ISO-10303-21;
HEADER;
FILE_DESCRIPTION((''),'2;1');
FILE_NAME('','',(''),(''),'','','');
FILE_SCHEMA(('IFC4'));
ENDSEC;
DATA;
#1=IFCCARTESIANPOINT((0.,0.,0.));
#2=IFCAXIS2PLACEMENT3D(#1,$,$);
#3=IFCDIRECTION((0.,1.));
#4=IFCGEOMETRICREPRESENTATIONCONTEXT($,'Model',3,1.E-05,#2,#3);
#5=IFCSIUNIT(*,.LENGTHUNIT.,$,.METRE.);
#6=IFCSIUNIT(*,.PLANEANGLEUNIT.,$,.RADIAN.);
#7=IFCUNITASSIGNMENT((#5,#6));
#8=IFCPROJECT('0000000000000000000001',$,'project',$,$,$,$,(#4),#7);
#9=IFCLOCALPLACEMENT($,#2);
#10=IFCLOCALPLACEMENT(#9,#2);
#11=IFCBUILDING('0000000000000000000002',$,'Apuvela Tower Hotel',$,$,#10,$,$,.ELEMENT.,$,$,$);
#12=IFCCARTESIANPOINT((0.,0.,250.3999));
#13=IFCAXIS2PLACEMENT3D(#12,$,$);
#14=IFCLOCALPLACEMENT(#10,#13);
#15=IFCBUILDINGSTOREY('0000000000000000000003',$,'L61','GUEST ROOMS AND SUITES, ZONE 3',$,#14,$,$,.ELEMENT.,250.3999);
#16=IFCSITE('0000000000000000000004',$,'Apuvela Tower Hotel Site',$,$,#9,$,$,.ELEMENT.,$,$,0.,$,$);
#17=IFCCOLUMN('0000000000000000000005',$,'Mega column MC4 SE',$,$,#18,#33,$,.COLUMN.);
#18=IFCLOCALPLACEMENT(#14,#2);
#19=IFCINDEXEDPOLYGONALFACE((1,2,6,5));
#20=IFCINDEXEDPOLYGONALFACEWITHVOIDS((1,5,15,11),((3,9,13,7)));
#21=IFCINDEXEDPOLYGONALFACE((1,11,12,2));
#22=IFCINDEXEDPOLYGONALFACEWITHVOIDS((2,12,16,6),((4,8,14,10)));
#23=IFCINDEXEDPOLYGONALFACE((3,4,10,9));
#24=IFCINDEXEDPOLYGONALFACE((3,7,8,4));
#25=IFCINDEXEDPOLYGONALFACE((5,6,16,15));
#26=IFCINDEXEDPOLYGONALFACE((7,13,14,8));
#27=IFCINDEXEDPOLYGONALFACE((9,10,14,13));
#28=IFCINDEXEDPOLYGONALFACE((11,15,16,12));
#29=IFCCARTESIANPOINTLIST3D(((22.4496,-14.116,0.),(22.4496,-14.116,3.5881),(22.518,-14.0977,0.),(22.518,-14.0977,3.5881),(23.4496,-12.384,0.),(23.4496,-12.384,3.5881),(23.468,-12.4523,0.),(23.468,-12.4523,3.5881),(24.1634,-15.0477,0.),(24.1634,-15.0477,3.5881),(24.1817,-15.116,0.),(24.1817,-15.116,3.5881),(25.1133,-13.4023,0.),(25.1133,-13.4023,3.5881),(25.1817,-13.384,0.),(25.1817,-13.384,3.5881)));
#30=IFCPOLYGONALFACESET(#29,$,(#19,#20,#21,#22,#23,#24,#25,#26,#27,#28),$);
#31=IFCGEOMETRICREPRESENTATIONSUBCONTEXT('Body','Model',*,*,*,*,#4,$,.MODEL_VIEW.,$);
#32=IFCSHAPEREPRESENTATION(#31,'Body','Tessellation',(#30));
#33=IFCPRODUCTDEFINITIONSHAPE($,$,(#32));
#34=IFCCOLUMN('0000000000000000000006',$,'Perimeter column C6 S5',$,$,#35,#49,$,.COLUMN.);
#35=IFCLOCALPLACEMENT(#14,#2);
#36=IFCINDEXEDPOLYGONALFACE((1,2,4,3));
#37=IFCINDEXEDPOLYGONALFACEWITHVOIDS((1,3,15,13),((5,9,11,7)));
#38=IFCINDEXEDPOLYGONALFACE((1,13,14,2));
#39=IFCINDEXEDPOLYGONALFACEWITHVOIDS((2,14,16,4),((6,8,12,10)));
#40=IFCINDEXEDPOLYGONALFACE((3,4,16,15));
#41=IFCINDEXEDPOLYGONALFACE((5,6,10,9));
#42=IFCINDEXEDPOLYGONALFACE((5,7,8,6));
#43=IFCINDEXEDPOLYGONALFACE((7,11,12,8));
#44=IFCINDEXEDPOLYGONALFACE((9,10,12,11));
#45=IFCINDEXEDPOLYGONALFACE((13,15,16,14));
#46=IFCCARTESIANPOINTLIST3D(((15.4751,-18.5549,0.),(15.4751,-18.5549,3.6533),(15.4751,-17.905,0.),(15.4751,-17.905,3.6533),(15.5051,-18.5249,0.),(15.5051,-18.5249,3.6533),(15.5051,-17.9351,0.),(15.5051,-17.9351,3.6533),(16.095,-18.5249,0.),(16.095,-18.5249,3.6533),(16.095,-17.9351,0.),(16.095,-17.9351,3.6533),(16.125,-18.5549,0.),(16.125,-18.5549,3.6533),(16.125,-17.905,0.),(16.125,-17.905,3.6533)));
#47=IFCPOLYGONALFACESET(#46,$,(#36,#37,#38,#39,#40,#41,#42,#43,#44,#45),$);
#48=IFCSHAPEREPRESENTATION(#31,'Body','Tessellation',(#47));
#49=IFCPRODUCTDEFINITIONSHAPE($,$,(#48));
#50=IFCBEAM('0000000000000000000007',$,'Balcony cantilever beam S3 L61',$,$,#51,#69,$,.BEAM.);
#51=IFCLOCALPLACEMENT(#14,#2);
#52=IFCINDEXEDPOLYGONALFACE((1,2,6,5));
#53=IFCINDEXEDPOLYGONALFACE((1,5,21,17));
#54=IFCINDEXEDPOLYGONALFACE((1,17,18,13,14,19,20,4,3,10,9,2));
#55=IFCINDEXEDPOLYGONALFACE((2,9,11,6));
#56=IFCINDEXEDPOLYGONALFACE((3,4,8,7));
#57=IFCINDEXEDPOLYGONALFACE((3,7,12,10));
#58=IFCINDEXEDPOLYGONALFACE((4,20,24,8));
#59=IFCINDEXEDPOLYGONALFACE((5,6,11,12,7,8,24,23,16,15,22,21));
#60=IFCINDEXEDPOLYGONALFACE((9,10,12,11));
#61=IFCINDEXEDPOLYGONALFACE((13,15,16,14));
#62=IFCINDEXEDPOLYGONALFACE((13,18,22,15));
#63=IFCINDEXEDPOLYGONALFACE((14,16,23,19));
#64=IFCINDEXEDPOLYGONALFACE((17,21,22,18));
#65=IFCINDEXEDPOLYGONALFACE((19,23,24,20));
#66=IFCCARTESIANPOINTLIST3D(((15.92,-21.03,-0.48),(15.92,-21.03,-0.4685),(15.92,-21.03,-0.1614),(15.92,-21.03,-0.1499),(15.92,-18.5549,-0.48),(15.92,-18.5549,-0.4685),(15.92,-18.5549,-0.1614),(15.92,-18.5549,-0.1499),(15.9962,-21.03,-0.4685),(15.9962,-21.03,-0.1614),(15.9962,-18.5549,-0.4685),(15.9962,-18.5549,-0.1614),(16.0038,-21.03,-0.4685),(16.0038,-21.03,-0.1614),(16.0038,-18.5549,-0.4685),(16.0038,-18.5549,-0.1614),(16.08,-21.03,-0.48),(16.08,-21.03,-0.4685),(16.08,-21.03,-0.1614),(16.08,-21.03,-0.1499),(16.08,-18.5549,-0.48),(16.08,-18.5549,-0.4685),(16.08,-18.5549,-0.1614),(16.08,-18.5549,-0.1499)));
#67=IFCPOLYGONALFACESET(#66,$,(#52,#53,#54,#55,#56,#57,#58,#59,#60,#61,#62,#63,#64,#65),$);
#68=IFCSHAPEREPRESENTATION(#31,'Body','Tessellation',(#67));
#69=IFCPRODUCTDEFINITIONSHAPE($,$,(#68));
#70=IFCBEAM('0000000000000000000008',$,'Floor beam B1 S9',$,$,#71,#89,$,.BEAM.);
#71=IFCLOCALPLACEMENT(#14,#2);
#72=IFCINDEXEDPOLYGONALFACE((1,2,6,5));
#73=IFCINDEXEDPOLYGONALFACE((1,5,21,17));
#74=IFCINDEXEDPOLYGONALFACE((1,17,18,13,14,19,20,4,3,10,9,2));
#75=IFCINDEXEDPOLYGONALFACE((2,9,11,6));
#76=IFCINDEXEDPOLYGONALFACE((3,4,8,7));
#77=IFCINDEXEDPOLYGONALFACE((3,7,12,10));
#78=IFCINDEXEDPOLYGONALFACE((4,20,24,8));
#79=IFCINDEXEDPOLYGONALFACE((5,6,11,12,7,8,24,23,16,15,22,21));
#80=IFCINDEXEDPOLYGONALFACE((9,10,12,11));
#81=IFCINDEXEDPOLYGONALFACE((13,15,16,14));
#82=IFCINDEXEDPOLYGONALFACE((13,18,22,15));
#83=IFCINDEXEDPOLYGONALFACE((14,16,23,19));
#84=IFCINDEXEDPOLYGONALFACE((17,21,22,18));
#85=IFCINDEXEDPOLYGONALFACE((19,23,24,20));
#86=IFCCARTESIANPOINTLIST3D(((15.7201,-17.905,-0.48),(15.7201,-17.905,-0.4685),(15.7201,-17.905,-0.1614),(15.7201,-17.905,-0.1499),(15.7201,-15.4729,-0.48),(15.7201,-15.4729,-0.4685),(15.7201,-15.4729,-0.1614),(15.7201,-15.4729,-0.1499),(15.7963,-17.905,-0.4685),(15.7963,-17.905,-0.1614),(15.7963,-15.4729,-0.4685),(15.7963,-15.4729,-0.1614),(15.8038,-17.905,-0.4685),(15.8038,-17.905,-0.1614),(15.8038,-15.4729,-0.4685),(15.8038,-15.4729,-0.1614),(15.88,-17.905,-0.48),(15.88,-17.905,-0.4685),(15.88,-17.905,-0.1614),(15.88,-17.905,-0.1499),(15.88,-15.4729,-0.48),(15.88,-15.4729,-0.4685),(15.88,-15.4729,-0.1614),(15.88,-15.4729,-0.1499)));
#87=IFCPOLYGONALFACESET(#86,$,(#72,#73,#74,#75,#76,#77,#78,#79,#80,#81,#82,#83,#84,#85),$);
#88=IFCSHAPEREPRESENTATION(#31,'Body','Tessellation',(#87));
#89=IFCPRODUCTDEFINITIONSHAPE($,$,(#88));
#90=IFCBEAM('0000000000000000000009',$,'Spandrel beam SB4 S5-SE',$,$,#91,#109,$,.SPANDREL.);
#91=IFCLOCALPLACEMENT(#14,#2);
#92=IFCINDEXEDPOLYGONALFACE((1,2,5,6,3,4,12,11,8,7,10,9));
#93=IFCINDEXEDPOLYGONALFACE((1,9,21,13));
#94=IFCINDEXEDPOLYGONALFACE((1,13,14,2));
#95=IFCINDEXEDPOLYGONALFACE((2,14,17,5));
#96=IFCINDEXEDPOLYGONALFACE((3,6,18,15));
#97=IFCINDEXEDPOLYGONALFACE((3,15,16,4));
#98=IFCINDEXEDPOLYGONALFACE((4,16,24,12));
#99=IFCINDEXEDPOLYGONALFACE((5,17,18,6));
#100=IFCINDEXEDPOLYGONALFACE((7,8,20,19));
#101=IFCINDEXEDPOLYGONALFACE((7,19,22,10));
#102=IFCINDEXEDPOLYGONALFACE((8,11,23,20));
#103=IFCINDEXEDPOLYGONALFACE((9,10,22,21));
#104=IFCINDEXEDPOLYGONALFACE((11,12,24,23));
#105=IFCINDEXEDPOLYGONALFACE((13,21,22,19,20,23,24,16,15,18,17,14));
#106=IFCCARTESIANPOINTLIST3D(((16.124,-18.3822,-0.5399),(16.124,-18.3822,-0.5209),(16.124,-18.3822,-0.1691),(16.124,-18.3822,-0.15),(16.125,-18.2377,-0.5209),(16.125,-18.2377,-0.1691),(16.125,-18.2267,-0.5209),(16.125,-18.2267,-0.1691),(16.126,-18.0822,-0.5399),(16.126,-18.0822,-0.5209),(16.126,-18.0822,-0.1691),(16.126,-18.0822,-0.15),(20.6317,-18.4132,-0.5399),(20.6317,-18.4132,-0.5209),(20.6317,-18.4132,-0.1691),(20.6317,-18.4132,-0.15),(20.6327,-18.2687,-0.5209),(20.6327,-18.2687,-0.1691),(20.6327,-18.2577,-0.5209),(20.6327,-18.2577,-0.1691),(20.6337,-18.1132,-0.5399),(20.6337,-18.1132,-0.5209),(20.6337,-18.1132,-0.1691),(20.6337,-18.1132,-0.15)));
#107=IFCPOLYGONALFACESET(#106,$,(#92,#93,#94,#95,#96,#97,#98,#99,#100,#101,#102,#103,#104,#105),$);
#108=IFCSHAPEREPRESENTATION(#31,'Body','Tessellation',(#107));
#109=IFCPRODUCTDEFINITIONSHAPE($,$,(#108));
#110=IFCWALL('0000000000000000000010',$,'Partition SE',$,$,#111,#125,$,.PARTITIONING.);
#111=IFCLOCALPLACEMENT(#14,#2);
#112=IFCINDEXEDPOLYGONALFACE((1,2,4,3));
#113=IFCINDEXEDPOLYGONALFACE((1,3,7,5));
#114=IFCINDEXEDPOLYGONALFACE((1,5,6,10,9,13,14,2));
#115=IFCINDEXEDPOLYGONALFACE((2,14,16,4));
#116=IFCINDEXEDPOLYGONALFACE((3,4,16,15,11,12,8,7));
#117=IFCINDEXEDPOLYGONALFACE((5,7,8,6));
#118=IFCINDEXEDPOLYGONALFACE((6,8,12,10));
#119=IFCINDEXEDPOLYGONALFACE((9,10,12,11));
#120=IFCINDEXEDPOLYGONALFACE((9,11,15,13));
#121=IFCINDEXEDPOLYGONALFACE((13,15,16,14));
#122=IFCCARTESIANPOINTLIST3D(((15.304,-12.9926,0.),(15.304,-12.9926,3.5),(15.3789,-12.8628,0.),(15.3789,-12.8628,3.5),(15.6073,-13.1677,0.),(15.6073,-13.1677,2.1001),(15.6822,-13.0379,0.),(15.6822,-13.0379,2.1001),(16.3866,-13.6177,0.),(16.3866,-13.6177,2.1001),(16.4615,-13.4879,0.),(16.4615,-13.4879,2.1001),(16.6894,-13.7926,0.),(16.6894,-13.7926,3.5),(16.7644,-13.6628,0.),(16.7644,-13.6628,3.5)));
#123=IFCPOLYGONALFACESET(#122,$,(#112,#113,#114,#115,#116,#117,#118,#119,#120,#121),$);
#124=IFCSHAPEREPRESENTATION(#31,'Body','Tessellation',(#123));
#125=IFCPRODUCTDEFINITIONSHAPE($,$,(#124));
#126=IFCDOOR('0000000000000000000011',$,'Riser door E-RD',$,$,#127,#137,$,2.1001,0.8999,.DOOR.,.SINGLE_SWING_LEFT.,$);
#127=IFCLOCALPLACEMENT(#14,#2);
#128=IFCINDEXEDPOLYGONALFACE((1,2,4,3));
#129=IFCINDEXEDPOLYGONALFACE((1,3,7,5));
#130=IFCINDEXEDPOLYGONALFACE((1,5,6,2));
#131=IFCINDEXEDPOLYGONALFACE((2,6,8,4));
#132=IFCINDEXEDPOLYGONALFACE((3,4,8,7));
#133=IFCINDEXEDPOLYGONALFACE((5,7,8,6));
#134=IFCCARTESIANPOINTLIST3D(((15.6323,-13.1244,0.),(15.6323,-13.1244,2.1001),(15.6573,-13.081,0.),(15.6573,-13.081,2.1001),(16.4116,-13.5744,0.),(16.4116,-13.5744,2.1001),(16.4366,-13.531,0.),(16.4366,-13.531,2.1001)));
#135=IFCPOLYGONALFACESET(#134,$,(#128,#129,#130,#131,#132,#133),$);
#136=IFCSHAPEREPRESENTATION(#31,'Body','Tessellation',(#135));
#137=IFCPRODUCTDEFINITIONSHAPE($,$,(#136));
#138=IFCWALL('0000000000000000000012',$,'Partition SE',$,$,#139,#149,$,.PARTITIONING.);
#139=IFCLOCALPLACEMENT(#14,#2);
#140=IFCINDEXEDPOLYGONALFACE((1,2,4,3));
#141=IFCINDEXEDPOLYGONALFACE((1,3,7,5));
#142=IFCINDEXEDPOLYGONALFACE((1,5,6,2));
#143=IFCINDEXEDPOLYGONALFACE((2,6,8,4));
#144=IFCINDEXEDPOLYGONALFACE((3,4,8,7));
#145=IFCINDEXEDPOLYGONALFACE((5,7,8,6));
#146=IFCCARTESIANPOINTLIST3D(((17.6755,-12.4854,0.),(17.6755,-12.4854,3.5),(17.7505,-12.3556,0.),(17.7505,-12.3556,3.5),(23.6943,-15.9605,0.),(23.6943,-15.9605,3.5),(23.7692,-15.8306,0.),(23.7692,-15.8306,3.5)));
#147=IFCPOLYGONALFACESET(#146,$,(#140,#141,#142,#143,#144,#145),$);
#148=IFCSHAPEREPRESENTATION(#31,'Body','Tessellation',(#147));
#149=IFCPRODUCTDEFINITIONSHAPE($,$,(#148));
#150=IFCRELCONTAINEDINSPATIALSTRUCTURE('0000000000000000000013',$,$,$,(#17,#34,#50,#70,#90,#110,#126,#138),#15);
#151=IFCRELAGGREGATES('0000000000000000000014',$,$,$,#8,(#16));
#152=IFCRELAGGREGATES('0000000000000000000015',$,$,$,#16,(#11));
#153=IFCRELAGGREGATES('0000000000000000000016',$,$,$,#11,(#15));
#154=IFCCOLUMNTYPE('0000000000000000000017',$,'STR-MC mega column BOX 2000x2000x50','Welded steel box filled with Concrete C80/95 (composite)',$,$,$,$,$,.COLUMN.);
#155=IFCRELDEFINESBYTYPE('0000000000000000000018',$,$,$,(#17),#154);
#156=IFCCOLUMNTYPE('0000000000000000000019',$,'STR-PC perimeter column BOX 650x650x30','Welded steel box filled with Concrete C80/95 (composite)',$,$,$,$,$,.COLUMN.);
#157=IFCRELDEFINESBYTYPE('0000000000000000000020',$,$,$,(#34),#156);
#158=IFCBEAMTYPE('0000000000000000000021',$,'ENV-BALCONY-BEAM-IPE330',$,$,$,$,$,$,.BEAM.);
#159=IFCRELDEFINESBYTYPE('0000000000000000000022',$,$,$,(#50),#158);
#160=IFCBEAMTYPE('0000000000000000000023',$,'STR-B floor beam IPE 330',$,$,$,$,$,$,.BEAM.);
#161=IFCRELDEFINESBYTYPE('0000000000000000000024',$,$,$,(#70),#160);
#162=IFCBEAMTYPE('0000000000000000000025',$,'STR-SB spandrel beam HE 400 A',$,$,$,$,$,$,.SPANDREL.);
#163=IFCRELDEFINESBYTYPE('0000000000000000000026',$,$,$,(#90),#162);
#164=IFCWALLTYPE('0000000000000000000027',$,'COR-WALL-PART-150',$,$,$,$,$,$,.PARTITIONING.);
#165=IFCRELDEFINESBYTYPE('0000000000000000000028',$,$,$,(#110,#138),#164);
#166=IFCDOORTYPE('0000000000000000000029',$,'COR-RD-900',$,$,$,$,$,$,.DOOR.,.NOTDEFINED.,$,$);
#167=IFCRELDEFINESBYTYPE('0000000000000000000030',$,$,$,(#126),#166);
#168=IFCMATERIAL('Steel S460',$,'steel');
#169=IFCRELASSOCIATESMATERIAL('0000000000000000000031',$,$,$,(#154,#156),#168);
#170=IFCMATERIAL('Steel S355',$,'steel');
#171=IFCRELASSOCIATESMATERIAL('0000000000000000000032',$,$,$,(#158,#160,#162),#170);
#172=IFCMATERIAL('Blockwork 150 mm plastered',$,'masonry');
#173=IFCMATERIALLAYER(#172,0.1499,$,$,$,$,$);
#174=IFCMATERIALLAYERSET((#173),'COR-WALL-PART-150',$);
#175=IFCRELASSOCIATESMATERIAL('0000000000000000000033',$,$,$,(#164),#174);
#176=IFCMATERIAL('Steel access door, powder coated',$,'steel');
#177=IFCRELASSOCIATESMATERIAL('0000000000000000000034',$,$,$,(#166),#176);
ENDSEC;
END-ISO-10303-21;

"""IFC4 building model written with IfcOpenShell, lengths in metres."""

from ifc_helpers import new_model, si_unit, direction, frame, frame_2d, origin, origin_2d, place, context, subcontext, project, spatial, rectangle, hollow_rectangle, i_section, extrude, boolean, halfspace, material, layer, layer_set, material_profile, profile_set, type_object, element, fill, save


model = new_model("IFC4")

# Units and contexts
model_context = context("Model", 3, precision=1e-05, world=origin(), true_north=direction((0.0, 1.0)))
body_context = subcontext(model_context, "Body", "Model", "MODEL_VIEW")
ifc_project = project(units=[si_unit("LENGTHUNIT", "METRE"), si_unit("PLANEANGLEUNIT", "RADIAN")], contexts=[model_context])

# Site, building, storey
site_placement = place(None, origin())
site = spatial("IfcSite", under=ifc_project, at=site_placement, Name="Apuvela Tower Hotel Site", CompositionType="ELEMENT", RefElevation=0.0)
building_placement = place(site_placement, origin())
building = spatial("IfcBuilding", under=site, at=building_placement, Name="Apuvela Tower Hotel", CompositionType="ELEMENT")
storey_placement = place(building_placement, frame((0.0, 0.0, 250.3999)))
storey = spatial("IfcBuildingStorey", under=building, at=storey_placement, Name="L61", Description="GUEST ROOMS AND SUITES, ZONE 3", CompositionType="ELEMENT", Elevation=250.3999)

# Columns
ifc_material_1 = material(Name="Steel S460", Category="steel")
ifc_material_profile_1 = material_profile(ifc_material_1, hollow_rectangle(XDim=2.0, YDim=2.0, WallThickness=0.05, at=origin_2d()), Name="BOX 2000x2000x50")
ifc_material_2 = material(Name="Concrete C80/95", Category="concrete")
ifc_material_profile_2 = material_profile(ifc_material_2, rectangle(XDim=1.8999, YDim=1.8999, at=origin_2d()), Name="Concrete C80/95 infill")
ifc_profile_set_1 = profile_set([ifc_material_profile_1, ifc_material_profile_2], Name="Steel S460")
column_type_1 = type_object("IfcColumnType", Name="STR-MC mega column BOX 2000x2000x50", Description="Welded steel box filled with Concrete C80/95 (composite)", PredefinedType="COLUMN", material=ifc_profile_set_1)
column_1_placement = place(storey_placement, frame((23.8157, -13.75, 0.0), z_axis=(0.0, 0.0, 1.0), x_axis=(0.5, 0.866025, 0.0)))
element("IfcColumn", 1, at=column_1_placement, inside=storey, type_object=column_type_1, Name="Mega column MC4 SE", PredefinedType="COLUMN", context=body_context, shape_type="SweptSolid", body=[
    boolean("DIFFERENCE", extrude(hollow_rectangle(XDim=2.0, YDim=2.0, WallThickness=0.05, at=origin_2d()), origin(), (0.0, 0.0, 1.0), 3.7002), halfspace(frame((0.0, 0.0, 3.5881), z_axis=(0.0, 0.0, 1.0), x_axis=(1.0, 0.0, 0.0)), False)),
])
ifc_material_profile_3 = material_profile(ifc_material_1, hollow_rectangle(XDim=0.6499, YDim=0.6499, WallThickness=0.03, at=origin_2d()), Name="BOX 650x650x30")
ifc_material_profile_4 = material_profile(ifc_material_2, rectangle(XDim=0.5901, YDim=0.5901, at=origin_2d()), Name="Concrete C80/95 infill")
ifc_profile_set_2 = profile_set([ifc_material_profile_3, ifc_material_profile_4], Name="Steel S460")
column_type_2 = type_object("IfcColumnType", Name="STR-PC perimeter column BOX 650x650x30", Description="Welded steel box filled with Concrete C80/95 (composite)", PredefinedType="COLUMN", material=ifc_profile_set_2)
column_2_placement = place(storey_placement, frame((15.8, -18.23, 0.0), z_axis=(0.0, 0.0, 1.0), x_axis=(-1.0, 0.0, 0.0)))
element("IfcColumn", 2, at=column_2_placement, inside=storey, type_object=column_type_2, Name="Perimeter column C6 S5", PredefinedType="COLUMN", context=body_context, shape_type="SweptSolid", body=[
    boolean("DIFFERENCE", extrude(hollow_rectangle(XDim=0.6499, YDim=0.6499, WallThickness=0.03, at=origin_2d()), origin(), (0.0, 0.0, 1.0), 3.7002), halfspace(frame((0.0, 0.0, 3.6533), z_axis=(0.0, 0.0, 1.0), x_axis=(1.0, 0.0, 0.0)), False)),
])

# Beams
ifc_material_3 = material(Name="Steel S355", Category="steel")
ifc_material_profile_5 = material_profile(ifc_material_3, i_section(OverallWidth=0.1599, OverallDepth=0.3301, WebThickness=0.0076, FlangeThickness=0.0115, at=origin_2d()), Name="IPE 330")
ifc_profile_set_3 = profile_set([ifc_material_profile_5], Name="Steel S355")
beam_type_1 = type_object("IfcBeamType", Name="ENV-BALCONY-BEAM-IPE330", PredefinedType="BEAM", material=ifc_profile_set_3)
beam_1_placement = place(storey_placement, frame((16.0, -18.5549, -0.3149), z_axis=(0.0, -1.0, 0.0), x_axis=(1.0, 0.0, 0.0)))
element("IfcBeam", 3, at=beam_1_placement, inside=storey, type_object=beam_type_1, Name="Balcony cantilever beam S3 L61", PredefinedType="BEAM", context=body_context, shape_type="SweptSolid", body=[
    extrude(i_section(OverallWidth=0.1599, OverallDepth=0.3301, WebThickness=0.0076, FlangeThickness=0.0115, at=origin_2d()), origin(), (0.0, 0.0, 1.0), 2.4751),
])
ifc_material_profile_6 = material_profile(ifc_material_3, i_section(OverallWidth=0.1599, OverallDepth=0.3301, WebThickness=0.0076, FlangeThickness=0.0115, at=origin_2d()), Name="IPE 330")
ifc_profile_set_4 = profile_set([ifc_material_profile_6], Name="Steel S355")
beam_type_2 = type_object("IfcBeamType", Name="STR-B floor beam IPE 330", PredefinedType="BEAM", material=ifc_profile_set_4)
beam_2_placement = place(storey_placement, frame((15.8, -17.905, -0.3149), z_axis=(0.0, 1.0, 0.0), x_axis=(-1.0, 0.0, 0.0)))
element("IfcBeam", 4, at=beam_2_placement, inside=storey, type_object=beam_type_2, Name="Floor beam B1 S9", PredefinedType="BEAM", context=body_context, shape_type="SweptSolid", body=[
    extrude(i_section(OverallWidth=0.1599, OverallDepth=0.3301, WebThickness=0.0076, FlangeThickness=0.0115, at=origin_2d()), origin(), (0.0, 0.0, 1.0), 2.4321),
])
ifc_material_profile_7 = material_profile(ifc_material_3, i_section(OverallWidth=0.3, OverallDepth=0.3899, WebThickness=0.011, FlangeThickness=0.019, at=origin_2d()), Name="HE 400 A")
ifc_profile_set_5 = profile_set([ifc_material_profile_7], Name="Steel S355")
beam_type_3 = type_object("IfcBeamType", Name="STR-SB spandrel beam HE 400 A", PredefinedType="SPANDREL", material=ifc_profile_set_5)
beam_3_placement = place(storey_placement, frame((16.125, -18.2322, -0.345), z_axis=(0.999976, -0.006878, 0.0), x_axis=(0.006878, 0.999976, 0.0)))
element("IfcBeam", 5, at=beam_3_placement, inside=storey, type_object=beam_type_3, Name="Spandrel beam SB4 S5-SE", PredefinedType="SPANDREL", context=body_context, shape_type="SweptSolid", body=[
    extrude(i_section(OverallWidth=0.3, OverallDepth=0.3899, WebThickness=0.011, FlangeThickness=0.019, at=origin_2d()), origin(), (0.0, 0.0, 1.0), 4.5078),
])

# Wall, opening, door
ifc_material_4 = material(Name="Blockwork 150 mm plastered", Category="masonry")
ifc_layer_1 = layer(ifc_material_4, 0.1499)
ifc_layer_set_1 = layer_set([ifc_layer_1], Name="COR-WALL-PART-150")
wall_type_1 = type_object("IfcWallType", Name="COR-WALL-PART-150", PredefinedType="PARTITIONING", material=ifc_layer_set_1)
wall_1_placement = place(storey_placement, frame((15.3416, -12.9277, 0.0), z_axis=(0.0, 0.0, 1.0), x_axis=(0.86599, -0.500061, 0.0)))
wall_1 = element("IfcWall", 6, at=wall_1_placement, inside=storey, type_object=wall_type_1, Name="Partition SE", PredefinedType="PARTITIONING", context=body_context, shape_type="SweptSolid", body=[
    extrude(rectangle(XDim=1.5999, YDim=0.1499, at=frame_2d((0.7998, 0.0))), origin(), (0.0, 0.0, 1.0), 3.5),
])
opening_1_placement = place(wall_1_placement, frame((0.3501, 0.0, 0.0)))
opening_1 = element("IfcOpeningElement", 7, at=opening_1_placement, cuts=wall_1, PredefinedType="OPENING", context=body_context, shape_type="SweptSolid", body=[
    extrude(rectangle(XDim=0.8999, YDim=2.1001, at=frame_2d((0.45, 1.05))), frame((0.0, 0.085, 0.0), z_axis=(0.0, -1.0, 0.0), x_axis=(1.0, 0.0, 0.0)), (0.0, 0.0, 1.0), 0.1699),
])
ifc_material_5 = material(Name="Steel access door, powder coated", Category="steel")
door_type_1 = type_object("IfcDoorType", Name="COR-RD-900", OperationType="NOTDEFINED", PredefinedType="DOOR", material=ifc_material_5)
door_1_placement = place(opening_1_placement, frame((0.8999, 0.0, 0.0), z_axis=(0.0, 0.0, 1.0), x_axis=(-1.0, 0.0, 0.0)))
door_1 = element("IfcDoor", 8, at=door_1_placement, inside=storey, type_object=door_type_1, Name="Riser door E-RD", OperationType="SINGLE_SWING_LEFT", OverallHeight=2.1001, OverallWidth=0.8999, PredefinedType="DOOR", context=body_context, shape_type="SweptSolid", body=[
    extrude(rectangle(XDim=0.8999, YDim=2.1001, at=frame_2d((0.45, 1.05))), frame((0.0, 0.0249, 0.0), z_axis=(0.0, -1.0, 0.0), x_axis=(1.0, 0.0, 0.0)), (0.0, 0.0, 1.0), 0.05),
])
fill(opening_1, door_1)

# Wall
wall_2_placement = place(storey_placement, frame((17.7129, -12.4204, 0.0), z_axis=(0.0, 0.0, 1.0), x_axis=(0.866017, -0.500015, 0.0)))
element("IfcWall", 9, at=wall_2_placement, inside=storey, type_object=wall_type_1, Name="Partition SE", PredefinedType="PARTITIONING", context=body_context, shape_type="SweptSolid", body=[
    extrude(rectangle(XDim=6.95, YDim=0.1499, at=frame_2d((3.4751, 0.0))), origin(), (0.0, 0.0, 1.0), 3.5),
])

save(model, "model.ifc")
